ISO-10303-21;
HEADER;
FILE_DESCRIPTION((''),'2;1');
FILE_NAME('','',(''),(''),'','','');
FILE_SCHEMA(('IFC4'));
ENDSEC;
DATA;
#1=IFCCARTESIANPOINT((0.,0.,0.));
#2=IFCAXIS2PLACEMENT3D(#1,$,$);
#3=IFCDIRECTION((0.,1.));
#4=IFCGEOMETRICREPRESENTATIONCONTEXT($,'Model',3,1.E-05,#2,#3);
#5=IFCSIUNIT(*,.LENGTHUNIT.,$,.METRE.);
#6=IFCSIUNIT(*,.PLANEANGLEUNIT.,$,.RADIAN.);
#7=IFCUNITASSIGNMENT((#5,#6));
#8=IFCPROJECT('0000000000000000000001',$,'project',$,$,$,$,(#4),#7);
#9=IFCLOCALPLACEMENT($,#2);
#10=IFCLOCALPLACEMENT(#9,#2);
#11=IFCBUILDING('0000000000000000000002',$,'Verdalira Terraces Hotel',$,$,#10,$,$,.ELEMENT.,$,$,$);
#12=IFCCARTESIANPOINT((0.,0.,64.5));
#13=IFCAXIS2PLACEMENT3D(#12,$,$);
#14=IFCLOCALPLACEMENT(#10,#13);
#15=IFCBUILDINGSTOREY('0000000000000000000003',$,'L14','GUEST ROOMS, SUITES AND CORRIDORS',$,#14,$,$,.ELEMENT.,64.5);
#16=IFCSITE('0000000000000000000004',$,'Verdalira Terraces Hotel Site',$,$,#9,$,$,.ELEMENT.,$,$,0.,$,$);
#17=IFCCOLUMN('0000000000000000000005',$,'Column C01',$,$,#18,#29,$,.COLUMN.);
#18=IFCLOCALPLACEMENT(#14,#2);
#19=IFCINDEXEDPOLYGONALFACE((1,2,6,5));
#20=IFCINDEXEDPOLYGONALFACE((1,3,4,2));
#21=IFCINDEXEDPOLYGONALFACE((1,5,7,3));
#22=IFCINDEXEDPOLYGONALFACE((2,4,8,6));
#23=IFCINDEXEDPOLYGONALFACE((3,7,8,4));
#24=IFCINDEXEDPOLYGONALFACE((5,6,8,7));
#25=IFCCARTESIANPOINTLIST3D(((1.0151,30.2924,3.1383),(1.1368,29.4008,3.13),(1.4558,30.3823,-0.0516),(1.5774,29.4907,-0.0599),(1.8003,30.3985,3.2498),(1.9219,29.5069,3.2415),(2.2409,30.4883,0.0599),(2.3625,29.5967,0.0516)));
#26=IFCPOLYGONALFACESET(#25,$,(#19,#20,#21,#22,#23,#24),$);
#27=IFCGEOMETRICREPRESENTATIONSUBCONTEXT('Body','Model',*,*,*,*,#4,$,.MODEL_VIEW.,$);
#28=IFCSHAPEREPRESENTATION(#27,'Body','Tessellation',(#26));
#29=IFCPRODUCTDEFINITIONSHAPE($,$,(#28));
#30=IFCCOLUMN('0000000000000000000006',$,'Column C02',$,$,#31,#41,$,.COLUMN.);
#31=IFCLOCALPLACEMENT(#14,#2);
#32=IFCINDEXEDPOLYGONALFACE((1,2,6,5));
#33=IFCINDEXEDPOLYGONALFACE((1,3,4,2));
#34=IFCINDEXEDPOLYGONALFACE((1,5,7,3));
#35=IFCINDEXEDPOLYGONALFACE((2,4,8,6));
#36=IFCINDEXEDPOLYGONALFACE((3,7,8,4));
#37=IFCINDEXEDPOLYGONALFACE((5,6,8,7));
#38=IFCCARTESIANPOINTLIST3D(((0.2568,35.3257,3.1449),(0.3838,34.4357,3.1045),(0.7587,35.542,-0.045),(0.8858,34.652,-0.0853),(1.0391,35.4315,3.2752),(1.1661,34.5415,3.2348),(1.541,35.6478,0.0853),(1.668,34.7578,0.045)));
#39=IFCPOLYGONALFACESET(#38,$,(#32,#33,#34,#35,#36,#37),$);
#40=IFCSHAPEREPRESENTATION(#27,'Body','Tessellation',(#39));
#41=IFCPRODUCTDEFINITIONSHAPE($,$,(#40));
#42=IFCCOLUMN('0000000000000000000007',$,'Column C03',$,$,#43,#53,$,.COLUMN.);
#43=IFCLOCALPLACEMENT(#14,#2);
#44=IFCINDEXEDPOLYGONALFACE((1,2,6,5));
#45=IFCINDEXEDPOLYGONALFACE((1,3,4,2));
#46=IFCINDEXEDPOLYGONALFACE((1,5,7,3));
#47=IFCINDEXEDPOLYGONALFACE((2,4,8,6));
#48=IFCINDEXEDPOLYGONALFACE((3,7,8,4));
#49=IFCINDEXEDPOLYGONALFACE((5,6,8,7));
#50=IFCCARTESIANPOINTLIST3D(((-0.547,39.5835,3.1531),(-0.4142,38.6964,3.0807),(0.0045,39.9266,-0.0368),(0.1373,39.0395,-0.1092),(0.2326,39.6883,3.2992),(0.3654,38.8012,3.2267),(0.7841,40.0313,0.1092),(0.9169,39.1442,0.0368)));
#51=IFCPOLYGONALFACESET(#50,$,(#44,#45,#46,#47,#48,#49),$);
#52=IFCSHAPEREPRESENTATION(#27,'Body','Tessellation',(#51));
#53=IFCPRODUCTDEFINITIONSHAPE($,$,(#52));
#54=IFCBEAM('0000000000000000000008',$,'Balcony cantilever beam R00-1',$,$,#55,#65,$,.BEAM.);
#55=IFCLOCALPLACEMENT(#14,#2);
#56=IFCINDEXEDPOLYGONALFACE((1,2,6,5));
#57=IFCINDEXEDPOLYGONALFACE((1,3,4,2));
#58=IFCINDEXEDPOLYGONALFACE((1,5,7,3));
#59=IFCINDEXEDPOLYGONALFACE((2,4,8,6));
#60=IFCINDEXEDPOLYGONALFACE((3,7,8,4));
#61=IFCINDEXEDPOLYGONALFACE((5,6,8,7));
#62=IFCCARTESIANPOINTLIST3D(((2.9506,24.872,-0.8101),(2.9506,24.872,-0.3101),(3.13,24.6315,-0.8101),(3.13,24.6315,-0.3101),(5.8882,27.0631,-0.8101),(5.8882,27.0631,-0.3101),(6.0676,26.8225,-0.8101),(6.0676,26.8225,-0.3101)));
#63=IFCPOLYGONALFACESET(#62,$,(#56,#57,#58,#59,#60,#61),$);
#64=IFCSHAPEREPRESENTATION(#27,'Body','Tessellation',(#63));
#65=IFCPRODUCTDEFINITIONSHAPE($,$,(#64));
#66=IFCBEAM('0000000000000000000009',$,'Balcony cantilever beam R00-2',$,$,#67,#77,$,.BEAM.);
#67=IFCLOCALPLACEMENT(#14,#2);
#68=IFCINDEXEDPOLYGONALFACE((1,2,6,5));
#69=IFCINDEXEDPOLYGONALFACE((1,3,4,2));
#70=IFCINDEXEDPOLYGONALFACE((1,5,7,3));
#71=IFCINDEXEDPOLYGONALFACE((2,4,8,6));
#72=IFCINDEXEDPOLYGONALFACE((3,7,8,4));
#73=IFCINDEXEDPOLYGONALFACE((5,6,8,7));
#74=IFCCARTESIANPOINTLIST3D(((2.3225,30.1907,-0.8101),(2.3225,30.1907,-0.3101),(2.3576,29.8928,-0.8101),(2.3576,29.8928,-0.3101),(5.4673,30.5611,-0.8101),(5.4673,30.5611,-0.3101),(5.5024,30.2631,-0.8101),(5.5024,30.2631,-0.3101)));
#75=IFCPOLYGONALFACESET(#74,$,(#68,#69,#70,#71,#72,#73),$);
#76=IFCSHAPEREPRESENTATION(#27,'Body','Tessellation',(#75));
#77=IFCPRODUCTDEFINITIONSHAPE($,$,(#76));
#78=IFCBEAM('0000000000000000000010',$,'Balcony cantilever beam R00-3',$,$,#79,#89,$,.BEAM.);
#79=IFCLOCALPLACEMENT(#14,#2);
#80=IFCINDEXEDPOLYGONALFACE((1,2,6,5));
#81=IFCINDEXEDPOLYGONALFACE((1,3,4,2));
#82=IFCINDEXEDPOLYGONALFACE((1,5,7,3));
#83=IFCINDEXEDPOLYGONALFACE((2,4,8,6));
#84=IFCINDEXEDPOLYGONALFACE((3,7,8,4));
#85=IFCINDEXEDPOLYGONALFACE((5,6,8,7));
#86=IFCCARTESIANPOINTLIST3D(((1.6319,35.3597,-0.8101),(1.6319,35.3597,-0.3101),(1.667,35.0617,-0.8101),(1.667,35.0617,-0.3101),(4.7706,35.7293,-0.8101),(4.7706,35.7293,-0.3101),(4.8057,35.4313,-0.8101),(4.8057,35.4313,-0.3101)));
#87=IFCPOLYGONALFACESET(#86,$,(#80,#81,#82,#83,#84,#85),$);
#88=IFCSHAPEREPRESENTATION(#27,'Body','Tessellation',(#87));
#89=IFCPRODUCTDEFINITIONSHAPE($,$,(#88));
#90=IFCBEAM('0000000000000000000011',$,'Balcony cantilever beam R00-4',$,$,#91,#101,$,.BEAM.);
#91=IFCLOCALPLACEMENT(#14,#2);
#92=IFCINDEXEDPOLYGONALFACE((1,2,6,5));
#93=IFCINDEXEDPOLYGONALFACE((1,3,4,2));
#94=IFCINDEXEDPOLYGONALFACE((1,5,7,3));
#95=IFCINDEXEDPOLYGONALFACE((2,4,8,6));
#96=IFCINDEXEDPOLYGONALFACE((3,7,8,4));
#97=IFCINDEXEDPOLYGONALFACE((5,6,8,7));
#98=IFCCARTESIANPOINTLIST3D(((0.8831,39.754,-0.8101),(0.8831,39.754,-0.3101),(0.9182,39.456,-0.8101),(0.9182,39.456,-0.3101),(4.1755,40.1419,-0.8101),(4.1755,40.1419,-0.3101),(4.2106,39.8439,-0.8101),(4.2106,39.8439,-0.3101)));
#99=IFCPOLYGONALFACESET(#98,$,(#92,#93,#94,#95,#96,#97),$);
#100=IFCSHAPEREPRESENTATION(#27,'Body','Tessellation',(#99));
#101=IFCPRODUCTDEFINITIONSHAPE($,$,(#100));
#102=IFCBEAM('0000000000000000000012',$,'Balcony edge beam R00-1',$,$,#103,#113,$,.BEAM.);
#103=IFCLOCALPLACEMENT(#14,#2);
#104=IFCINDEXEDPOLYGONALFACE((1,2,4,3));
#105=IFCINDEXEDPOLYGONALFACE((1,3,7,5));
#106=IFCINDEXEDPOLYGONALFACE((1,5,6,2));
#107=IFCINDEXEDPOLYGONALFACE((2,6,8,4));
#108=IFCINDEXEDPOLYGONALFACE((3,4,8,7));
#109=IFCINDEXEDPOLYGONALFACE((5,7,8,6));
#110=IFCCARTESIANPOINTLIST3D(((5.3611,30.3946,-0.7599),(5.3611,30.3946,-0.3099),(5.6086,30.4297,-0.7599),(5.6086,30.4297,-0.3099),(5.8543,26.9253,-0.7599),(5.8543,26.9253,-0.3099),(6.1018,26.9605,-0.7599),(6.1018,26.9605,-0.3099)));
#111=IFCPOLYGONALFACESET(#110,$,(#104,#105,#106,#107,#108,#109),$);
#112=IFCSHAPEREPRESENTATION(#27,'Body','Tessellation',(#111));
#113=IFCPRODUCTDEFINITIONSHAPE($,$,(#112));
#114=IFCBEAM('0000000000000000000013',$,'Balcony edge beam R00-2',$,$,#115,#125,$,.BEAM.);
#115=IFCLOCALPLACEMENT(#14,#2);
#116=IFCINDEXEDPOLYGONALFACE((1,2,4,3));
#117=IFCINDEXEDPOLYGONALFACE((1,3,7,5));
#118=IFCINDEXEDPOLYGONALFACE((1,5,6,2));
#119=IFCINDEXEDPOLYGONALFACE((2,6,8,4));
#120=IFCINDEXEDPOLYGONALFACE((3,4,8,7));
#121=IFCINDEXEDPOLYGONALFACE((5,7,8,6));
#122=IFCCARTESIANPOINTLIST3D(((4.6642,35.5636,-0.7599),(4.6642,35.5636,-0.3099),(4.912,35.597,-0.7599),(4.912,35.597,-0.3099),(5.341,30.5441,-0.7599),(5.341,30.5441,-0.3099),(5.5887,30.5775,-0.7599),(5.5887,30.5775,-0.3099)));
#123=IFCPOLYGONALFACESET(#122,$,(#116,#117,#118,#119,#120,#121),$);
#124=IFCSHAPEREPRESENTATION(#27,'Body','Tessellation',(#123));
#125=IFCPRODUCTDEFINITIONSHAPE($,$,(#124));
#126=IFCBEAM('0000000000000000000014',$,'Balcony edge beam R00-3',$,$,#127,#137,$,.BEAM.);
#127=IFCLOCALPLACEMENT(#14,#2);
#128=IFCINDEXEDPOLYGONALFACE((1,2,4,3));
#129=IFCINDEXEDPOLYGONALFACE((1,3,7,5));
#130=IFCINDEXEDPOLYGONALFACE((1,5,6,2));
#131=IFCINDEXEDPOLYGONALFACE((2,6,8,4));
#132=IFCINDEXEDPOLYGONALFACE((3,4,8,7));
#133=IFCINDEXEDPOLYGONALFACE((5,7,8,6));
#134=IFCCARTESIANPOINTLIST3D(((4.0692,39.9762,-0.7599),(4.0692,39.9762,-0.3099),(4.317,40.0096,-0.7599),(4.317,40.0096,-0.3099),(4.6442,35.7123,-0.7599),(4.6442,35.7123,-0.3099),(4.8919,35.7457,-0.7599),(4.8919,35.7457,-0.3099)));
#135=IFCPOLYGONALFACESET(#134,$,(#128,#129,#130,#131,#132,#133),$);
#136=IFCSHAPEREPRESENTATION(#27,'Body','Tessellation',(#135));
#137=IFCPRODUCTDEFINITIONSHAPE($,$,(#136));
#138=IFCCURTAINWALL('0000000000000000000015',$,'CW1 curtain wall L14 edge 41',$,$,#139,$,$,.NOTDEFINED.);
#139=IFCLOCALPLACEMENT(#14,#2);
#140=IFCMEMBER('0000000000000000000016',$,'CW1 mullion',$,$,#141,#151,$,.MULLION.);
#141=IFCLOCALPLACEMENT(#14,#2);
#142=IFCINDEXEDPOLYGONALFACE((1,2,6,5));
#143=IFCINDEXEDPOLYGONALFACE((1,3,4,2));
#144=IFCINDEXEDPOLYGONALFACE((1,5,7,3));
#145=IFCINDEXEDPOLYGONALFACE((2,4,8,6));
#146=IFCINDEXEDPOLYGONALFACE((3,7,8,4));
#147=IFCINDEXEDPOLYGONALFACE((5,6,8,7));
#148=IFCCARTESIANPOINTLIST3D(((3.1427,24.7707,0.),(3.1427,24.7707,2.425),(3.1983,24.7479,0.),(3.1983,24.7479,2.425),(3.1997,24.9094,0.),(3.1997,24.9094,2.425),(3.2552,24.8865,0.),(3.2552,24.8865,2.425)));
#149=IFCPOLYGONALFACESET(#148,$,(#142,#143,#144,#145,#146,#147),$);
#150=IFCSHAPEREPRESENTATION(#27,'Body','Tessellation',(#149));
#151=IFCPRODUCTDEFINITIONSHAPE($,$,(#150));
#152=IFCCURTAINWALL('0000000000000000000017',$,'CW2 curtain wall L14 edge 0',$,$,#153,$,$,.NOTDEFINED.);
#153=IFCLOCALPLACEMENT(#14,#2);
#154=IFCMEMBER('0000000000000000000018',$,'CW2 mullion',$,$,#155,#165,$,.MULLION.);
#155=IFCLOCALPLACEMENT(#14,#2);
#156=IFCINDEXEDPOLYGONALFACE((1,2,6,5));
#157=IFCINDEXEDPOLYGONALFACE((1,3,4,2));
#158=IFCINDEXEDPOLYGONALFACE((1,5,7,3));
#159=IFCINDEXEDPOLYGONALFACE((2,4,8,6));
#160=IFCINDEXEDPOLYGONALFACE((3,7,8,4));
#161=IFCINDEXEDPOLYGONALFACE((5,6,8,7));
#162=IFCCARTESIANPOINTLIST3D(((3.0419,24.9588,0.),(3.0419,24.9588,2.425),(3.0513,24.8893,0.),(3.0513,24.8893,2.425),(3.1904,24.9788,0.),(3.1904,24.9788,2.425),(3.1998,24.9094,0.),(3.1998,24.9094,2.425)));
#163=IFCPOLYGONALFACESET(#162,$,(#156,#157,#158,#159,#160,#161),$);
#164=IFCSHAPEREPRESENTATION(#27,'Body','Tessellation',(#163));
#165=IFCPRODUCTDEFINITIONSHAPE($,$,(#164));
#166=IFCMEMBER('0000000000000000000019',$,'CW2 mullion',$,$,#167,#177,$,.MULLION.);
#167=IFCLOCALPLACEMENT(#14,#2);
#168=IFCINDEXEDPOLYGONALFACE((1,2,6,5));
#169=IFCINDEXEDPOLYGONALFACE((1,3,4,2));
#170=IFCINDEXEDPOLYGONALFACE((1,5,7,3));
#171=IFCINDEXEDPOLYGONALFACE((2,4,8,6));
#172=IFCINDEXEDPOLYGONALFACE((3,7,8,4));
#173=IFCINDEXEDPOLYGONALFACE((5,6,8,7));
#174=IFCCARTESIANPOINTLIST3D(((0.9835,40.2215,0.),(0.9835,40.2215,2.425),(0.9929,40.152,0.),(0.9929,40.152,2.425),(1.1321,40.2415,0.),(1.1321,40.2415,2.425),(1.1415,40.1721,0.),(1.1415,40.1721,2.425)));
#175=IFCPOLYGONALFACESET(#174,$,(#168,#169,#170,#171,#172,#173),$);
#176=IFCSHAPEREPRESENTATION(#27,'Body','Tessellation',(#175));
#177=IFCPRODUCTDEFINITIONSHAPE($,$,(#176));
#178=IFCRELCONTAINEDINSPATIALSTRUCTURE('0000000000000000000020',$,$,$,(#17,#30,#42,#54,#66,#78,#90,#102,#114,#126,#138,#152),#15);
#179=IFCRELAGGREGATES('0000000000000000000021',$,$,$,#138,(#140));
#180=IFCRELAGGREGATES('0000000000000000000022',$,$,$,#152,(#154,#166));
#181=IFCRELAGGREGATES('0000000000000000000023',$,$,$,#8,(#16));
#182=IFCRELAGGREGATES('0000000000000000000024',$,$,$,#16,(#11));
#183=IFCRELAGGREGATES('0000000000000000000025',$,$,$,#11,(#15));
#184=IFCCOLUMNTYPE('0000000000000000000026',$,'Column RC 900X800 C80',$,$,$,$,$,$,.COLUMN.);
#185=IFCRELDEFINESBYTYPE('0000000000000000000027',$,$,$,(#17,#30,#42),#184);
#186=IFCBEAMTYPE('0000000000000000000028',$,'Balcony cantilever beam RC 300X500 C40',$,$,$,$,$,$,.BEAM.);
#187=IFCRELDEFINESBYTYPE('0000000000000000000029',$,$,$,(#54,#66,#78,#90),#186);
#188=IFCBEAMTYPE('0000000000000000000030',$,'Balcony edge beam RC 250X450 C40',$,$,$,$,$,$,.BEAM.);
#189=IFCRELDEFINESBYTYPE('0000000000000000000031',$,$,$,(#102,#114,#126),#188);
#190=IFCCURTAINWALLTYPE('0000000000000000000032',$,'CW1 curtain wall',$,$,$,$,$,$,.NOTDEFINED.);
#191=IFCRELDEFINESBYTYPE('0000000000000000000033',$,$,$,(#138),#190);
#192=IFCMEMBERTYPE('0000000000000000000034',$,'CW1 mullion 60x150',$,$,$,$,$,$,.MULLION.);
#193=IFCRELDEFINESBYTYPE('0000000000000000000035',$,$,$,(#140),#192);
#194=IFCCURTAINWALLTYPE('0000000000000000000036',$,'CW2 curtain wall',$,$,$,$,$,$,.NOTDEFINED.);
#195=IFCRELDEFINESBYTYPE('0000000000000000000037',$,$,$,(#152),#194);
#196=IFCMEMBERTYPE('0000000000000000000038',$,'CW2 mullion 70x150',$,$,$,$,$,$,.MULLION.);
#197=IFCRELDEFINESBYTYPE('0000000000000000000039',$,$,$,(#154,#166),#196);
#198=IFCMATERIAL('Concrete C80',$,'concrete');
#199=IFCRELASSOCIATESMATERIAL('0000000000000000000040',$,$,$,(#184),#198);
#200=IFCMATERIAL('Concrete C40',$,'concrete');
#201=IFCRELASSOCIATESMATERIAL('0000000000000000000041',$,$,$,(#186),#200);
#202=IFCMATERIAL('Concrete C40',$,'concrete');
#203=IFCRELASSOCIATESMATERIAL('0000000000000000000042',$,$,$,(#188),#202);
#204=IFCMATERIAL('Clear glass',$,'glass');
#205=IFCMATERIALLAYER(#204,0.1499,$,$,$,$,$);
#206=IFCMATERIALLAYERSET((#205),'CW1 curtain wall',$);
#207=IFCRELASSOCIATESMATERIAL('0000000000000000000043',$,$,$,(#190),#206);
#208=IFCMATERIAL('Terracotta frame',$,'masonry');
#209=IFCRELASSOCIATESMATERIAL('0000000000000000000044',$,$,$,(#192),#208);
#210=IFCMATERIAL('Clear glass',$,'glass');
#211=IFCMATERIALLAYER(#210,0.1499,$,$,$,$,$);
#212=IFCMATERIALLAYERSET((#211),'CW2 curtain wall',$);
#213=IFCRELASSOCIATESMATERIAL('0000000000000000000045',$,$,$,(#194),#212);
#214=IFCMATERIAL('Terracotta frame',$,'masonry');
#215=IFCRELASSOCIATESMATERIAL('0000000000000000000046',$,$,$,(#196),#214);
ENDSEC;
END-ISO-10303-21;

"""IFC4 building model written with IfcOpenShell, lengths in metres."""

from ifc_helpers import new_model, si_unit, direction, frame, origin, origin_2d, place, context, subcontext, project, spatial, rectangle, extrude, material, layer, layer_set, material_profile, profile_set, type_object, element, aggregate, save


model = new_model("IFC4")

# Units and contexts
model_context = context("Model", 3, precision=1e-05, world=origin(), true_north=direction((0.0, 1.0)))
body_context = subcontext(model_context, "Body", "Model", "MODEL_VIEW")
ifc_project = project(units=[si_unit("LENGTHUNIT", "METRE"), si_unit("PLANEANGLEUNIT", "RADIAN")], contexts=[model_context])

# Site, building, storey
site_placement = place(None, origin())
site = spatial("IfcSite", under=ifc_project, at=site_placement, Name="Verdalira Terraces Hotel Site", CompositionType="ELEMENT", RefElevation=0.0)
building_placement = place(site_placement, origin())
building = spatial("IfcBuilding", under=site, at=building_placement, Name="Verdalira Terraces Hotel", CompositionType="ELEMENT")
storey_placement = place(building_placement, frame((0.0, 0.0, 64.5)))
storey = spatial("IfcBuildingStorey", under=building, at=storey_placement, Name="L14", Description="GUEST ROOMS, SUITES AND CORRIDORS", CompositionType="ELEMENT", Elevation=64.5)

# Columns
ifc_material_1 = material(Name="Concrete C80", Category="concrete")
ifc_material_profile_1 = material_profile(ifc_material_1, rectangle(XDim=0.8999, YDim=0.8, at=origin_2d()), Name="RC 900X800")
ifc_profile_set_1 = profile_set([ifc_material_profile_1], Name="Concrete C80")
column_type = type_object("IfcColumnType", Name="Column RC 900X800 C80", PredefinedType="COLUMN", material=ifc_profile_set_1)
column_1_placement = place(storey_placement, frame((1.9092, 29.9895, 0.0), z_axis=(-0.136792, -0.027889, 0.990207), x_axis=(-0.135147, 0.990782, 0.009235)))
element("IfcColumn", 1, at=column_1_placement, inside=storey, type_object=column_type, Name="Column C01", PredefinedType="COLUMN", context=body_context, shape_type="SweptSolid", body=[
    extrude(rectangle(XDim=0.8999, YDim=0.8, at=origin_2d()), origin(), (0.0, 0.0, 1.0), 3.2214),
])
column_2_placement = place(storey_placement, frame((1.2134, 35.1499, 0.0), z_axis=(-0.155095, -0.066836, 0.985636), x_axis=(-0.14117, 0.988969, 0.044848)))
element("IfcColumn", 2, at=column_2_placement, inside=storey, type_object=column_type, Name="Column C02", PredefinedType="COLUMN", context=body_context, shape_type="SweptSolid", body=[
    extrude(rectangle(XDim=0.8999, YDim=0.8, at=origin_2d()), origin(), (0.0, 0.0, 1.0), 3.2363),
])
column_3_placement = place(storey_placement, frame((0.4607, 39.5354, 0.0), z_axis=(-0.169416, -0.105369, 0.979896), x_axis=(-0.147585, 0.985769, 0.080485)))
element("IfcColumn", 3, at=column_3_placement, inside=storey, type_object=column_type, Name="Column C03", PredefinedType="COLUMN", context=body_context, shape_type="SweptSolid", body=[
    extrude(rectangle(XDim=0.8999, YDim=0.8, at=origin_2d()), origin(), (0.0, 0.0, 1.0), 3.2554),
])

# Beams
ifc_material_2 = material(Name="Concrete C40", Category="concrete")
ifc_material_profile_2 = material_profile(ifc_material_2, rectangle(XDim=0.3, YDim=0.5, at=origin_2d()), Name="RC 300X500")
ifc_profile_set_2 = profile_set([ifc_material_profile_2], Name="Concrete C40")
beam_type_1 = type_object("IfcBeamType", Name="Balcony cantilever beam RC 300X500 C40", PredefinedType="BEAM", material=ifc_profile_set_2)
beam_1_placement = place(storey_placement, frame((3.0403, 24.7517, -0.5601), z_axis=(0.801588, 0.597877, 0.0), x_axis=(-0.597877, 0.801588, 0.0)))
element("IfcBeam", 4, at=beam_1_placement, inside=storey, type_object=beam_type_1, Name="Balcony cantilever beam R00-1", PredefinedType="BEAM", context=body_context, shape_type="SweptSolid", body=[
    extrude(rectangle(XDim=0.3, YDim=0.5, at=origin_2d()), origin(), (0.0, 0.0, 1.0), 3.6648),
])
beam_2_placement = place(storey_placement, frame((2.3401, 30.0417, -0.5601), z_axis=(0.993136, 0.116962, 0.0), x_axis=(-0.116962, 0.993136, 0.0)))
element("IfcBeam", 5, at=beam_2_placement, inside=storey, type_object=beam_type_1, Name="Balcony cantilever beam R00-2", PredefinedType="BEAM", context=body_context, shape_type="SweptSolid", body=[
    extrude(rectangle(XDim=0.3, YDim=0.5, at=origin_2d()), origin(), (0.0, 0.0, 1.0), 3.1665),
])
beam_3_placement = place(storey_placement, frame((1.6494, 35.2107, -0.5601), z_axis=(0.993137, 0.116958, 0.0), x_axis=(-0.116958, 0.993137, 0.0)))
element("IfcBeam", 6, at=beam_3_placement, inside=storey, type_object=beam_type_1, Name="Balcony cantilever beam R00-3", PredefinedType="BEAM", context=body_context, shape_type="SweptSolid", body=[
    extrude(rectangle(XDim=0.3, YDim=0.5, at=origin_2d()), origin(), (0.0, 0.0, 1.0), 3.1604),
])
beam_4_placement = place(storey_placement, frame((0.9006, 39.605, -0.5601), z_axis=(0.99313, 0.117016, 0.0), x_axis=(-0.117016, 0.99313, 0.0)))
element("IfcBeam", 7, at=beam_4_placement, inside=storey, type_object=beam_type_1, Name="Balcony cantilever beam R00-4", PredefinedType="BEAM", context=body_context, shape_type="SweptSolid", body=[
    extrude(rectangle(XDim=0.3, YDim=0.5, at=origin_2d()), origin(), (0.0, 0.0, 1.0), 3.3152),
])
ifc_material_3 = material(Name="Concrete C40", Category="concrete")
ifc_material_profile_3 = material_profile(ifc_material_3, rectangle(XDim=0.25, YDim=0.45, at=origin_2d()), Name="RC 250X450")
ifc_profile_set_3 = profile_set([ifc_material_profile_3], Name="Concrete C40")
beam_type_2 = type_object("IfcBeamType", Name="Balcony edge beam RC 250X450 C40", PredefinedType="BEAM", material=ifc_profile_set_3)
beam_5_placement = place(storey_placement, frame((5.978, 26.9429, -0.5349), z_axis=(-0.140739, 0.990047, 0.0), x_axis=(-0.990047, -0.140739, 0.0)))
element("IfcBeam", 8, at=beam_5_placement, inside=storey, type_object=beam_type_2, Name="Balcony edge beam R00-1", PredefinedType="BEAM", context=body_context, shape_type="SweptSolid", body=[
    extrude(rectangle(XDim=0.25, YDim=0.45, at=origin_2d()), origin(), (0.0, 0.0, 1.0), 3.5042),
])
beam_6_placement = place(storey_placement, frame((5.4648, 30.5608, -0.5349), z_axis=(-0.133616, 0.991033, 0.0), x_axis=(-0.991033, -0.133616, 0.0)))
element("IfcBeam", 9, at=beam_6_placement, inside=storey, type_object=beam_type_2, Name="Balcony edge beam R00-2", PredefinedType="BEAM", context=body_context, shape_type="SweptSolid", body=[
    extrude(rectangle(XDim=0.25, YDim=0.45, at=origin_2d()), origin(), (0.0, 0.0, 1.0), 5.0649),
])
beam_7_placement = place(storey_placement, frame((4.7681, 35.729, -0.5349), z_axis=(-0.133632, 0.991031, 0.0), x_axis=(-0.991031, -0.133632, 0.0)))
element("IfcBeam", 10, at=beam_7_placement, inside=storey, type_object=beam_type_2, Name="Balcony edge beam R00-3", PredefinedType="BEAM", context=body_context, shape_type="SweptSolid", body=[
    extrude(rectangle(XDim=0.25, YDim=0.45, at=origin_2d()), origin(), (0.0, 0.0, 1.0), 4.3025),
])

# Curtain wall, member
ifc_material_4 = material(Name="Clear glass", Category="glass")
ifc_layer_1 = layer(ifc_material_4, 0.1499)
ifc_layer_set_1 = layer_set([ifc_layer_1], Name="CW1 curtain wall")
curtain_wall_type_1 = type_object("IfcCurtainWallType", Name="CW1 curtain wall", PredefinedType="NOTDEFINED", material=ifc_layer_set_1)
curtain_wall_1_placement = place(storey_placement, origin())
curtain_wall_1 = element("IfcCurtainWall", 11, at=curtain_wall_1_placement, inside=storey, type_object=curtain_wall_type_1, Name="CW1 curtain wall L14 edge 41", PredefinedType="NOTDEFINED")
ifc_material_5 = material(Name="Terracotta frame", Category="masonry")
ifc_material_profile_4 = material_profile(ifc_material_5, rectangle(XDim=0.0601, YDim=0.1499, at=origin_2d()), Name="MU 60x150")
ifc_profile_set_4 = profile_set([ifc_material_profile_4], Name="Terracotta frame")
member_type_1 = type_object("IfcMemberType", Name="CW1 mullion 60x150", PredefinedType="MULLION", material=ifc_profile_set_4)
member_1_placement = place(storey_placement, frame((3.199, 24.8286, 0.0), z_axis=(0.0, 0.0, 1.0), x_axis=(-0.925077, 0.379779, 0.0)))
member_1 = element("IfcMember", 12, at=member_1_placement, type_object=member_type_1, Name="CW1 mullion", PredefinedType="MULLION", context=body_context, shape_type="SweptSolid", body=[
    extrude(rectangle(XDim=0.0601, YDim=0.1499, at=origin_2d()), origin(), (0.0, 0.0, 1.0), 2.425),
])
aggregate(curtain_wall_1, [member_1])

# Curtain wall, members
ifc_material_6 = material(Name="Clear glass", Category="glass")
ifc_layer_2 = layer(ifc_material_6, 0.1499)
ifc_layer_set_2 = layer_set([ifc_layer_2], Name="CW2 curtain wall")
curtain_wall_type_2 = type_object("IfcCurtainWallType", Name="CW2 curtain wall", PredefinedType="NOTDEFINED", material=ifc_layer_set_2)
curtain_wall_2_placement = place(storey_placement, origin())
curtain_wall_2 = element("IfcCurtainWall", 13, at=curtain_wall_2_placement, inside=storey, type_object=curtain_wall_type_2, Name="CW2 curtain wall L14 edge 0", PredefinedType="NOTDEFINED")
ifc_material_7 = material(Name="Terracotta frame", Category="masonry")
ifc_material_profile_5 = material_profile(ifc_material_7, rectangle(XDim=0.0701, YDim=0.1499, at=origin_2d()), Name="MU 70x150")
ifc_profile_set_5 = profile_set([ifc_material_profile_5], Name="Terracotta frame")
member_type_2 = type_object("IfcMemberType", Name="CW2 mullion 70x150", PredefinedType="MULLION", material=ifc_profile_set_5)
member_2_placement = place(storey_placement, frame((3.1208, 24.9341, 0.0), z_axis=(0.0, 0.0, 1.0), x_axis=(-0.13364, 0.99103, 0.0)))
member_2 = element("IfcMember", 14, at=member_2_placement, type_object=member_type_2, Name="CW2 mullion", PredefinedType="MULLION", context=body_context, shape_type="SweptSolid", body=[
    extrude(rectangle(XDim=0.0701, YDim=0.1499, at=origin_2d()), origin(), (0.0, 0.0, 1.0), 2.425),
])
member_3_placement = place(storey_placement, frame((1.0625, 40.1968, 0.0), z_axis=(0.0, 0.0, 1.0), x_axis=(-0.13364, 0.99103, 0.0)))
member_3 = element("IfcMember", 15, at=member_3_placement, type_object=member_type_2, Name="CW2 mullion", PredefinedType="MULLION", context=body_context, shape_type="SweptSolid", body=[
    extrude(rectangle(XDim=0.0701, YDim=0.1499, at=origin_2d()), origin(), (0.0, 0.0, 1.0), 2.425),
])

aggregate(curtain_wall_2, [member_2, member_3])

save(model, "model.ifc")
